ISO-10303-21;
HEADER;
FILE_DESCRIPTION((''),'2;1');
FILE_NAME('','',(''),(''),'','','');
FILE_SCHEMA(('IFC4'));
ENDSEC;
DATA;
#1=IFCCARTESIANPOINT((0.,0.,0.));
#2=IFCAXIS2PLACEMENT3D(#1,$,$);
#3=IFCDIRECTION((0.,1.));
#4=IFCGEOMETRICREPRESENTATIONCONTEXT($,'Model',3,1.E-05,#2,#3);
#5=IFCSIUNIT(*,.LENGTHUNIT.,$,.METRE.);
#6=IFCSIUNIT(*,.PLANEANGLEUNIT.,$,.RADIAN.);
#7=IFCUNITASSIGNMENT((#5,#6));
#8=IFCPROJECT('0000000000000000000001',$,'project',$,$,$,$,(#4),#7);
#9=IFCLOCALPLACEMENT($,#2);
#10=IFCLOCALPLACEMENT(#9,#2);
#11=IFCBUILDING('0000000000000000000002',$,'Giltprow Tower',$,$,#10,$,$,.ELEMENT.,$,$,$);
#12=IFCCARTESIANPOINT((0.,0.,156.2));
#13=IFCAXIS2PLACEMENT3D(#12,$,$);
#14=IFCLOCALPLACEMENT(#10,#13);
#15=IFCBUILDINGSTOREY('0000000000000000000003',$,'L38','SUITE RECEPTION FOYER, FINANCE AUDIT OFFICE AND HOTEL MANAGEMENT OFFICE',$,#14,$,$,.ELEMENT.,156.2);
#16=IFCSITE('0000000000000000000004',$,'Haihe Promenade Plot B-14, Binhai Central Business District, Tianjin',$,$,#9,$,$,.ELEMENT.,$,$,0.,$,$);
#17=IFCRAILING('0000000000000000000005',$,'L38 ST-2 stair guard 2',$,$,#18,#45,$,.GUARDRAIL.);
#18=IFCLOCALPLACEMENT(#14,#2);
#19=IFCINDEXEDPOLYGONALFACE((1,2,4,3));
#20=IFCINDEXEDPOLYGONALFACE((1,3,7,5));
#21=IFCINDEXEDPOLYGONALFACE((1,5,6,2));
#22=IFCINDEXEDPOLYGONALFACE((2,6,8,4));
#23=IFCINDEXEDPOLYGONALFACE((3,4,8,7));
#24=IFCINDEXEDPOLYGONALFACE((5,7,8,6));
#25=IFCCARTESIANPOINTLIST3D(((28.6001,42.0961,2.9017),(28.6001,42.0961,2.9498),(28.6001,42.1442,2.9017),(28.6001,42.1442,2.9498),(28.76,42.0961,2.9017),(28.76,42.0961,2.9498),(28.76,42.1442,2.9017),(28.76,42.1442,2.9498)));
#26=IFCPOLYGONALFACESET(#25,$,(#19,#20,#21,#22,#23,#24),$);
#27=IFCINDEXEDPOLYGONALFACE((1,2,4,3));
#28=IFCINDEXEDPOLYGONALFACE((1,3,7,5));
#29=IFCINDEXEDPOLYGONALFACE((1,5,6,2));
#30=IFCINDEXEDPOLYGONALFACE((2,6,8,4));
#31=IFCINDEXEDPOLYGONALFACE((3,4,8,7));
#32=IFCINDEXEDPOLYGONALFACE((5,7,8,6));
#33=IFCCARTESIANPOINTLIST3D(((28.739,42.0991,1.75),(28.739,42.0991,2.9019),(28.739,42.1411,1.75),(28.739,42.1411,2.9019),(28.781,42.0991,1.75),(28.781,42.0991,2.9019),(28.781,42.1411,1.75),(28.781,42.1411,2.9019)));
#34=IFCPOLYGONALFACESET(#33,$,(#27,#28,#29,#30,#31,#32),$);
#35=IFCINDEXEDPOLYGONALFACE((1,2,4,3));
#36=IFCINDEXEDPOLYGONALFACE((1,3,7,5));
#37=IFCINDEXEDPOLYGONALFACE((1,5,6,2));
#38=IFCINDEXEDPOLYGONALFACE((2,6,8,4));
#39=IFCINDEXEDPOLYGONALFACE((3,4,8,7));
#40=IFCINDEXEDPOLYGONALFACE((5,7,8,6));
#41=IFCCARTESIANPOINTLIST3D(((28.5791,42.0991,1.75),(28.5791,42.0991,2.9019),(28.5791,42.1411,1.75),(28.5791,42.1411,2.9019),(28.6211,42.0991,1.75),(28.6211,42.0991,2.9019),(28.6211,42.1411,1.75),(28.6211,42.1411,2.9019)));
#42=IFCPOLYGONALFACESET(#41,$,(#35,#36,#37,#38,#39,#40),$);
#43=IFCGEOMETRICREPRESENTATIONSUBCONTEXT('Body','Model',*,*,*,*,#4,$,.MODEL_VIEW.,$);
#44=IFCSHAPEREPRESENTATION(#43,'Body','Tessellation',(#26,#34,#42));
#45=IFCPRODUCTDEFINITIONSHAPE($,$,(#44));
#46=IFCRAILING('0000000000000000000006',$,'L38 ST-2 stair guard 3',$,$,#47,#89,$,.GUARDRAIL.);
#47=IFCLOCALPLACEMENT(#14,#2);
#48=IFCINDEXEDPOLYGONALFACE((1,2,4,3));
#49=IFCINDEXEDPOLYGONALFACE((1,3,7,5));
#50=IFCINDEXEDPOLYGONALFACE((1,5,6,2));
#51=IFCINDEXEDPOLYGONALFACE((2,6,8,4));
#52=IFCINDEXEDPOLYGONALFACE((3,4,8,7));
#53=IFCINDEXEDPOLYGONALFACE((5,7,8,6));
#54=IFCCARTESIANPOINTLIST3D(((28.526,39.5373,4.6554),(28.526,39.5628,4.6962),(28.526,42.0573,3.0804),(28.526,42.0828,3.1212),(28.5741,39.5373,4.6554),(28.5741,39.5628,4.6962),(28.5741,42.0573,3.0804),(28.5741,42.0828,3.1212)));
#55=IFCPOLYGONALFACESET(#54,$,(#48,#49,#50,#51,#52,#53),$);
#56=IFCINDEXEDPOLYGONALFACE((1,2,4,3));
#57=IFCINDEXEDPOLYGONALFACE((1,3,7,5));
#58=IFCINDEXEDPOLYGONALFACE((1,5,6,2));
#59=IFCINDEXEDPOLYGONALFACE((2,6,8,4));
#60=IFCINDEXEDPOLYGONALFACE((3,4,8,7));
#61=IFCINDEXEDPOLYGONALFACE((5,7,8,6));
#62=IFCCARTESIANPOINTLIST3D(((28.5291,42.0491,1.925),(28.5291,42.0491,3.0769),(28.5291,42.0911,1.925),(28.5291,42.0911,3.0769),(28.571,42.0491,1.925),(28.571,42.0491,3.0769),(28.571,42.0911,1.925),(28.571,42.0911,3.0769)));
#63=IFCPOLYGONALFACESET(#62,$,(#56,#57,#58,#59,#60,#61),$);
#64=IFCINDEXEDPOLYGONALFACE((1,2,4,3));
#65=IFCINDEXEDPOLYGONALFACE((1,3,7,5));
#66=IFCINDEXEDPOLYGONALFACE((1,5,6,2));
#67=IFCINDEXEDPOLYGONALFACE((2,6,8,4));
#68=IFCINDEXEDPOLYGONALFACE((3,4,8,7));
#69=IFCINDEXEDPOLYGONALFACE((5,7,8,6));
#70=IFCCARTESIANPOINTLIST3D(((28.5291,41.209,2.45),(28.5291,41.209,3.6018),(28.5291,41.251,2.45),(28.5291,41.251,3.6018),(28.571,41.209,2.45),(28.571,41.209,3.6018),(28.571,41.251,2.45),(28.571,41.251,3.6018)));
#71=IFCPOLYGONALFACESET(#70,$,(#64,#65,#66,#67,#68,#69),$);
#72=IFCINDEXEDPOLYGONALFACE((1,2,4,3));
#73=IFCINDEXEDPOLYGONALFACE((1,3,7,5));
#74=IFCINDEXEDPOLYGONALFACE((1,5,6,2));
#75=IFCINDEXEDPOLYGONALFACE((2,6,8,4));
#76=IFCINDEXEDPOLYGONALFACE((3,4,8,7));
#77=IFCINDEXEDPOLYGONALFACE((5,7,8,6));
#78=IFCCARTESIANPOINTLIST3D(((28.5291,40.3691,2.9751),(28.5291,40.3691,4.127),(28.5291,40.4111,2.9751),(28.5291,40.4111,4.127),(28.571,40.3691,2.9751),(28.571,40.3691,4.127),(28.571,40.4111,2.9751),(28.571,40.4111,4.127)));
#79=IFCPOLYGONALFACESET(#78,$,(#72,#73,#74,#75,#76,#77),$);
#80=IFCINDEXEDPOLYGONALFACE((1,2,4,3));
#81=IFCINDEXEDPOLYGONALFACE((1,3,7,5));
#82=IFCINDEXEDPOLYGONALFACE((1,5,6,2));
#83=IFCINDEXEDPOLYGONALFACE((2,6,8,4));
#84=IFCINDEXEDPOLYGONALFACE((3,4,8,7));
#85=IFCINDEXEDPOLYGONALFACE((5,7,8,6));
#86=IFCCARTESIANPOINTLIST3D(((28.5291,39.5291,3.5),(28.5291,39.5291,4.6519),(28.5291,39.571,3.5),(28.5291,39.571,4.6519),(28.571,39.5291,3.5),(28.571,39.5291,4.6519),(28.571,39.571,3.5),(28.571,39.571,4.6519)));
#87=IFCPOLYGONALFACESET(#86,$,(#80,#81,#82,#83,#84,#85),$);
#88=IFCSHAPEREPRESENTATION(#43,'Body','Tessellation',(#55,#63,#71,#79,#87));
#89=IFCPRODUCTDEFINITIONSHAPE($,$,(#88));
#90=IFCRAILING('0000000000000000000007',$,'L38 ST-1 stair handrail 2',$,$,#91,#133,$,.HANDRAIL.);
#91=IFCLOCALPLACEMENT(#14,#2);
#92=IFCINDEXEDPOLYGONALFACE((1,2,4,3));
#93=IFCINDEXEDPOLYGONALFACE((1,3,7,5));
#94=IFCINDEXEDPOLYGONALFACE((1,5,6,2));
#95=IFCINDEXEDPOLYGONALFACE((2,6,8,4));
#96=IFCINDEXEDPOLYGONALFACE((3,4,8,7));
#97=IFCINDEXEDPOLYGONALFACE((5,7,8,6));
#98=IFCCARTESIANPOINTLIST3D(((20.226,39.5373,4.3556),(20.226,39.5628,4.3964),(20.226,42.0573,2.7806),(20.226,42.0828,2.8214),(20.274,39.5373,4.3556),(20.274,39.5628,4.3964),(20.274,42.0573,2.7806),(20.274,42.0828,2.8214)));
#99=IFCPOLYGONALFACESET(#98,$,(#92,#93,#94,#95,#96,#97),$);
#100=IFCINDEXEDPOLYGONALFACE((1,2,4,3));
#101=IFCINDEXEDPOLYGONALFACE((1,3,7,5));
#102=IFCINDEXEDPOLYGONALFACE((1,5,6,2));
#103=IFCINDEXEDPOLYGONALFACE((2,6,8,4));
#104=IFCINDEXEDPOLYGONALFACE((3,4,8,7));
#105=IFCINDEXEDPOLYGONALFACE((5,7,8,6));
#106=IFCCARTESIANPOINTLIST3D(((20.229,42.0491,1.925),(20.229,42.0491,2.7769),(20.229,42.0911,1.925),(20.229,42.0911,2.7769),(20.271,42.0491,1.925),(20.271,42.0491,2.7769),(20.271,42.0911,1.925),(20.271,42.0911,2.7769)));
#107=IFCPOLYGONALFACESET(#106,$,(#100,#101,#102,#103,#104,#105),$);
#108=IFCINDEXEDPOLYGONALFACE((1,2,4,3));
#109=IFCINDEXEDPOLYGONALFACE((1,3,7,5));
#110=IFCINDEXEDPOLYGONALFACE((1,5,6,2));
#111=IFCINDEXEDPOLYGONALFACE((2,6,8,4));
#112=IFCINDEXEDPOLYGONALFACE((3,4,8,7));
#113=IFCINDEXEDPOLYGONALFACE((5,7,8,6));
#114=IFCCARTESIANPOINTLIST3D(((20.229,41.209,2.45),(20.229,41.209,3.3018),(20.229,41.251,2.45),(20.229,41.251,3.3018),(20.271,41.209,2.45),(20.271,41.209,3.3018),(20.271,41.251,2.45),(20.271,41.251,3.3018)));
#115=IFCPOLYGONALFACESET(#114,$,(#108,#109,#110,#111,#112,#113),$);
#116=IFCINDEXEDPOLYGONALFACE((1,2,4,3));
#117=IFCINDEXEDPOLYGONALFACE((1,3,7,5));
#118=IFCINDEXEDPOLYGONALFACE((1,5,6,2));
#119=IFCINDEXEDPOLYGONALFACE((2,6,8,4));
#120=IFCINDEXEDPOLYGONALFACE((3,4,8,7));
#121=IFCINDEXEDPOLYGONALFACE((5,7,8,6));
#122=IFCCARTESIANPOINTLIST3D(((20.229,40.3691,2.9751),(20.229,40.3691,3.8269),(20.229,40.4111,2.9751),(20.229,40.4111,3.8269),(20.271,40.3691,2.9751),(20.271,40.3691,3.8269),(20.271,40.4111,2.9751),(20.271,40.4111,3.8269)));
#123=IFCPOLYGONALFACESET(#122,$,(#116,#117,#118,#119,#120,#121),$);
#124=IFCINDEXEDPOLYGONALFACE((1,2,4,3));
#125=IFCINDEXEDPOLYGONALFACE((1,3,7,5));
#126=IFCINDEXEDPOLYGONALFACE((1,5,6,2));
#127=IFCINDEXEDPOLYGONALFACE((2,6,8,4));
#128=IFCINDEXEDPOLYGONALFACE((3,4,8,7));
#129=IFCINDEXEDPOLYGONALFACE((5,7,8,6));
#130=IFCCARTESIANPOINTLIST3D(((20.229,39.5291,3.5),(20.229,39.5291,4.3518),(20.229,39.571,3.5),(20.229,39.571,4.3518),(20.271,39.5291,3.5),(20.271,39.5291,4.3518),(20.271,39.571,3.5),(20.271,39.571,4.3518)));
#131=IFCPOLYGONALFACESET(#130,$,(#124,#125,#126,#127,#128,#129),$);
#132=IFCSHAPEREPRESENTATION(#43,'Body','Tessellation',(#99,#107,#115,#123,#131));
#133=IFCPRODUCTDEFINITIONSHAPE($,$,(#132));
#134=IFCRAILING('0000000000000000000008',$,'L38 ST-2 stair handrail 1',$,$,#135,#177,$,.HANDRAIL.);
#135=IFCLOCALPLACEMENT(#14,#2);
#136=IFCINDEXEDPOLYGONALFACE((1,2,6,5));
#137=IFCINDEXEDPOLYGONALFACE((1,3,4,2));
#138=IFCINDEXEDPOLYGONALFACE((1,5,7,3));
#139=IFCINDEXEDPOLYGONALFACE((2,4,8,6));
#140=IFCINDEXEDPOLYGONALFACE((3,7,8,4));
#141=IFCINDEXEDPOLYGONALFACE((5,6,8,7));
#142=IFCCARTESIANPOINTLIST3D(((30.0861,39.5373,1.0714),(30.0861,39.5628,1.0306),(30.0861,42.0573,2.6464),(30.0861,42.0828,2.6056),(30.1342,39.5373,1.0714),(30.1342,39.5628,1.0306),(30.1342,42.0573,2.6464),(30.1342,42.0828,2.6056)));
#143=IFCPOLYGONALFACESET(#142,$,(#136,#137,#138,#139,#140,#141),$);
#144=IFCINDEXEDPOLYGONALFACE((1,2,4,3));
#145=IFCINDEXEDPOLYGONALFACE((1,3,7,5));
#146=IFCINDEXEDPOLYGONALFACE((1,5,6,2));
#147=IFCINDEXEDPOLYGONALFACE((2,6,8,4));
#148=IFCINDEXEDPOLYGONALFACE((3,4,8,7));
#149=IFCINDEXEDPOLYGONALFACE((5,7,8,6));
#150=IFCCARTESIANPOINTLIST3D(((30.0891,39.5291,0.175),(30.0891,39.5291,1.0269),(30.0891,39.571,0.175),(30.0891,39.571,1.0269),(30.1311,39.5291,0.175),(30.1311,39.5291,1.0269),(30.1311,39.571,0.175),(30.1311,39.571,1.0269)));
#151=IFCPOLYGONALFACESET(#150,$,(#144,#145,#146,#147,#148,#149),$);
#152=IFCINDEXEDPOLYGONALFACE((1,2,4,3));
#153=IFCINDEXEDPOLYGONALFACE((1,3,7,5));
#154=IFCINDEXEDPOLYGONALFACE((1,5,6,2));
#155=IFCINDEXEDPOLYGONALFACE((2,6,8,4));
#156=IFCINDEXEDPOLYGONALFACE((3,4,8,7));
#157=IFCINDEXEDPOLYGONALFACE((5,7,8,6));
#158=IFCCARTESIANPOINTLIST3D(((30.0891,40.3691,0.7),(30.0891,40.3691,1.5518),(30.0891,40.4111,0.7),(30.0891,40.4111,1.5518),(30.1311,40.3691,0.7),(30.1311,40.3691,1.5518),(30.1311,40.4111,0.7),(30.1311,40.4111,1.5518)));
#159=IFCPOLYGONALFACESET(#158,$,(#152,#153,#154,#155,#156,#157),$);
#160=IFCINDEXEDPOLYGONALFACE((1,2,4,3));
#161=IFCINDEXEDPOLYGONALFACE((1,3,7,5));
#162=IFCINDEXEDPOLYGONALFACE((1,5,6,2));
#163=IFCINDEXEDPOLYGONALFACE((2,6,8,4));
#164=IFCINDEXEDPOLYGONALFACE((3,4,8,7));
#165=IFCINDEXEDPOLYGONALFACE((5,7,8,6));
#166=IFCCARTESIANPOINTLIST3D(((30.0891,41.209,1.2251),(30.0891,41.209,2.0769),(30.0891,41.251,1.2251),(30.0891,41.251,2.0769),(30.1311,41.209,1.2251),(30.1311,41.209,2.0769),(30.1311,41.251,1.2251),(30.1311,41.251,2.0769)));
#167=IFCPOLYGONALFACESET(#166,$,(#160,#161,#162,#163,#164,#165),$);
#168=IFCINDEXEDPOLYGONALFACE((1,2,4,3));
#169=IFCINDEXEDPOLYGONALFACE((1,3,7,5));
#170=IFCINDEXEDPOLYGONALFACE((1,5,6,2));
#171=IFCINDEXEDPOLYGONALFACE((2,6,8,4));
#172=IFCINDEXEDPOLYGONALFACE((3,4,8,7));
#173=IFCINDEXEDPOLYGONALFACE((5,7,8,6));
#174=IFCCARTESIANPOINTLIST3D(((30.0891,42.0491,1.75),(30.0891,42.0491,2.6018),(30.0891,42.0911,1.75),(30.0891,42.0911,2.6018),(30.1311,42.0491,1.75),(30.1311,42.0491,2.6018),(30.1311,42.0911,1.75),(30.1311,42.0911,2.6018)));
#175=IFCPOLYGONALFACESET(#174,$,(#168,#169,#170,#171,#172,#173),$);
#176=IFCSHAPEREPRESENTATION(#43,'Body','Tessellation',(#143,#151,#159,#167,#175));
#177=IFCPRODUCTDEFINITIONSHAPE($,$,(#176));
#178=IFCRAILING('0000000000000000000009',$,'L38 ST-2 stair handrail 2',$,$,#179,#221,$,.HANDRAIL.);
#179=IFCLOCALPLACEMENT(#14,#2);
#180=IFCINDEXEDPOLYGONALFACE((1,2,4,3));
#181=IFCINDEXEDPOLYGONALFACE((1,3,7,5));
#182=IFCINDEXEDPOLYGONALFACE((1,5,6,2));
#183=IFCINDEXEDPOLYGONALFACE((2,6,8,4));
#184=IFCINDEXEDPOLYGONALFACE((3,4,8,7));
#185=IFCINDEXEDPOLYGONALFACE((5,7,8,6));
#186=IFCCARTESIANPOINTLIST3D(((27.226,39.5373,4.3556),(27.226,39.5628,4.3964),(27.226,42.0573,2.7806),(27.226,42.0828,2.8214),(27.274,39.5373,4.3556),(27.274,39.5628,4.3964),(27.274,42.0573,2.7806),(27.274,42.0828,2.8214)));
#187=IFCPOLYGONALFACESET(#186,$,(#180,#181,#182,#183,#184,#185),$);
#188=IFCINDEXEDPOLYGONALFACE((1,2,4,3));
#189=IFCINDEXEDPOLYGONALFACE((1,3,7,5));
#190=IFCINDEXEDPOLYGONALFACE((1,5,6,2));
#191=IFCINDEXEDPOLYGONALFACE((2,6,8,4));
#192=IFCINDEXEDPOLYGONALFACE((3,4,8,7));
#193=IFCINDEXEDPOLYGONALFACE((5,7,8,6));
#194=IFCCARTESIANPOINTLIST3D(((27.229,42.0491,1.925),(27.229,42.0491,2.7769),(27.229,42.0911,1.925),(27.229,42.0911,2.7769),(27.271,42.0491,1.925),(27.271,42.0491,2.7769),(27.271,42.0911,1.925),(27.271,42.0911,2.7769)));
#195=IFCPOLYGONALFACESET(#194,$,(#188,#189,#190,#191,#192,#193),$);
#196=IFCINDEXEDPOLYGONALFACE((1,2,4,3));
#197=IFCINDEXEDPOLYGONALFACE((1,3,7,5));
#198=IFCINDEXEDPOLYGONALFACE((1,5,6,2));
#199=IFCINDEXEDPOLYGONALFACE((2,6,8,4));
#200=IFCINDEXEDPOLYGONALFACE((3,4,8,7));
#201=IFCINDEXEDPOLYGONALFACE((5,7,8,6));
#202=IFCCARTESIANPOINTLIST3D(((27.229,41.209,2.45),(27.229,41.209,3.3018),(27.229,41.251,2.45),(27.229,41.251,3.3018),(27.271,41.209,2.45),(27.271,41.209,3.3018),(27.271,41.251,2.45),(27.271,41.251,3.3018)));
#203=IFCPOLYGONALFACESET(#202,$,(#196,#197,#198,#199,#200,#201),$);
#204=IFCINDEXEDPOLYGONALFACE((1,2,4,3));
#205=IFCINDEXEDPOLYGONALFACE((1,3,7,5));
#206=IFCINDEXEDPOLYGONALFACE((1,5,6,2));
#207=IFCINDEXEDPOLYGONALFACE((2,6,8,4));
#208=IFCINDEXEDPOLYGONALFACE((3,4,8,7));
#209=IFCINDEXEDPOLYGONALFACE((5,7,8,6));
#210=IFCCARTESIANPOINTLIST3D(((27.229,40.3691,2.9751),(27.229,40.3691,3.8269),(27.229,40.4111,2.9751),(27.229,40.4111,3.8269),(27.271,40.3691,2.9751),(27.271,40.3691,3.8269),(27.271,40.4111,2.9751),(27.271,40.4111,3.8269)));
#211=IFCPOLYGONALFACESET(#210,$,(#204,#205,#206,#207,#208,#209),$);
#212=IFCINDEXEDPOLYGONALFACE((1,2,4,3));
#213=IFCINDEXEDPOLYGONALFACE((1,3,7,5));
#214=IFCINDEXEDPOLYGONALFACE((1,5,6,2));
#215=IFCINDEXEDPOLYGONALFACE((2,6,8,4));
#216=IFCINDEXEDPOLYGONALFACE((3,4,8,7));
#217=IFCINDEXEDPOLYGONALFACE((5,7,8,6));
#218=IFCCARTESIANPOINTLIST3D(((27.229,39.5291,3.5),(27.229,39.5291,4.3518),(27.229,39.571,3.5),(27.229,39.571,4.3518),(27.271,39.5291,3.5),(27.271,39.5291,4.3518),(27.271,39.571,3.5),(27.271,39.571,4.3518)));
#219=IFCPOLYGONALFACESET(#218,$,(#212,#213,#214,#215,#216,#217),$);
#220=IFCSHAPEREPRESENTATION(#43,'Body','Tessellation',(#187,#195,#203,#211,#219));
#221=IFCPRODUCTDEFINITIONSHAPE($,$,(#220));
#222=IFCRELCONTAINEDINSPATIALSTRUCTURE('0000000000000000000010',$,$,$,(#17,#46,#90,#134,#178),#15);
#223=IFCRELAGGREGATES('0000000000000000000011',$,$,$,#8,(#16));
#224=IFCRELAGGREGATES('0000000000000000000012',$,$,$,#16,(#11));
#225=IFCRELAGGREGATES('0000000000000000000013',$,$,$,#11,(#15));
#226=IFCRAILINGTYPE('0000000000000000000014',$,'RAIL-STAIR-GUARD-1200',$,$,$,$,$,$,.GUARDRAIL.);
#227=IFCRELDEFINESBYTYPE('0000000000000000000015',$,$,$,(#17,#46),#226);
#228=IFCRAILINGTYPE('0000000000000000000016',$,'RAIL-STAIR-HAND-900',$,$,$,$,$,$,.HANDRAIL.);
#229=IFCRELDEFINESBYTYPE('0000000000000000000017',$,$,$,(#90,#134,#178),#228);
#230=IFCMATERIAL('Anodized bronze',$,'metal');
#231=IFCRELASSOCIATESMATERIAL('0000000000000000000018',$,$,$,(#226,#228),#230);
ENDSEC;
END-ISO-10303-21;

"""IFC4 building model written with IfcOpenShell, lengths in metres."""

from ifc_helpers import new_model, si_unit, direction, frame, origin, origin_2d, place, context, subcontext, project, spatial, rectangle, extrude, material, type_object, element, save


model = new_model("IFC4")

# Units and contexts
model_context = context("Model", 3, precision=1e-05, world=origin(), true_north=direction((0.0, 1.0)))
body_context = subcontext(model_context, "Body", "Model", "MODEL_VIEW")
ifc_project = project(units=[si_unit("LENGTHUNIT", "METRE"), si_unit("PLANEANGLEUNIT", "RADIAN")], contexts=[model_context])

# Site, building, storey
site_placement = place(None, origin())
site = spatial("IfcSite", under=ifc_project, at=site_placement, Name="Haihe Promenade Plot B-14, Binhai Central Business District, Tianjin", CompositionType="ELEMENT", RefElevation=0.0)
building_placement = place(site_placement, origin())
building = spatial("IfcBuilding", under=site, at=building_placement, Name="Giltprow Tower", CompositionType="ELEMENT")
storey_placement = place(building_placement, frame((0.0, 0.0, 156.2)))
storey = spatial("IfcBuildingStorey", under=building, at=storey_placement, Name="L38", Description="SUITE RECEPTION FOYER, FINANCE AUDIT OFFICE AND HOTEL MANAGEMENT OFFICE", CompositionType="ELEMENT", Elevation=156.2)

# Railings
ifc_material_1 = material(Name="Anodized bronze", Category="metal")
railing_type_1 = type_object("IfcRailingType", Name="RAIL-STAIR-GUARD-1200", PredefinedType="GUARDRAIL", material=ifc_material_1)
railing_1_placement = place(storey_placement, frame((28.76, 42.1201, 1.75)))
element("IfcRailing", 1, at=railing_1_placement, inside=storey, type_object=railing_type_1, Name="L38 ST-2 stair guard 2", PredefinedType="GUARDRAIL", context=body_context, shape_type="SweptSolid", body=[
    extrude(rectangle(XDim=0.0481, YDim=0.0481, at=origin_2d()), frame((0.0, 0.0, 1.1758), z_axis=(-1.0, 0.0, 0.0), x_axis=(0.0, -1.0, 0.0)), (0.0, 0.0, 1.0), 0.1599),
    extrude(rectangle(XDim=0.042, YDim=0.042, at=origin_2d()), origin(), (0.0, 0.0, 1.0), 1.1519),
    extrude(rectangle(XDim=0.042, YDim=0.042, at=origin_2d()), frame((-0.1599, 0.0, 0.0)), (0.0, 0.0, 1.0), 1.1519),
])
railing_2_placement = place(storey_placement, frame((28.55, 42.0701, 1.925)))
element("IfcRailing", 2, at=railing_2_placement, inside=storey, type_object=railing_type_1, Name="L38 ST-2 stair guard 3", PredefinedType="GUARDRAIL", context=body_context, shape_type="SweptSolid", body=[
    extrude(rectangle(XDim=0.0481, YDim=0.0481, at=origin_2d()), frame((0.0, 0.0, 1.1758), z_axis=(0.0, -0.848008, 0.529984), x_axis=(1.0, 0.0, 0.0)), (0.0, 0.0, 1.0), 2.9717),
    extrude(rectangle(XDim=0.042, YDim=0.042, at=origin_2d()), origin(), (0.0, 0.0, 1.0), 1.1519),
    extrude(rectangle(XDim=0.042, YDim=0.042, at=origin_2d()), frame((0.0, -0.8401, 0.5249)), (0.0, 0.0, 1.0), 1.1519),
    extrude(rectangle(XDim=0.042, YDim=0.042, at=origin_2d()), frame((0.0, -1.6799, 1.05)), (0.0, 0.0, 1.0), 1.1519),
    extrude(rectangle(XDim=0.042, YDim=0.042, at=origin_2d()), frame((0.0, -2.52, 1.575)), (0.0, 0.0, 1.0), 1.1519),
])
railing_type_2 = type_object("IfcRailingType", Name="RAIL-STAIR-HAND-900", PredefinedType="HANDRAIL", material=ifc_material_1)
railing_3_placement = place(storey_placement, frame((20.25, 42.0701, 1.925)))
element("IfcRailing", 3, at=railing_3_placement, inside=storey, type_object=railing_type_2, Name="L38 ST-1 stair handrail 2", PredefinedType="HANDRAIL", context=body_context, shape_type="SweptSolid", body=[
    extrude(rectangle(XDim=0.0481, YDim=0.0481, at=origin_2d()), frame((0.0, 0.0, 0.876), z_axis=(0.0, -0.848008, 0.529984), x_axis=(1.0, 0.0, 0.0)), (0.0, 0.0, 1.0), 2.9717),
    extrude(rectangle(XDim=0.042, YDim=0.042, at=origin_2d()), origin(), (0.0, 0.0, 1.0), 0.8518),
    extrude(rectangle(XDim=0.042, YDim=0.042, at=origin_2d()), frame((0.0, -0.8401, 0.5249)), (0.0, 0.0, 1.0), 0.8518),
    extrude(rectangle(XDim=0.042, YDim=0.042, at=origin_2d()), frame((0.0, -1.6799, 1.05)), (0.0, 0.0, 1.0), 0.8518),
    extrude(rectangle(XDim=0.042, YDim=0.042, at=origin_2d()), frame((0.0, -2.52, 1.575)), (0.0, 0.0, 1.0), 0.8518),
])
railing_4_placement = place(storey_placement, frame((30.1101, 39.55, 0.175)))
element("IfcRailing", 4, at=railing_4_placement, inside=storey, type_object=railing_type_2, Name="L38 ST-2 stair handrail 1", PredefinedType="HANDRAIL", context=body_context, shape_type="SweptSolid", body=[
    extrude(rectangle(XDim=0.0481, YDim=0.0481, at=origin_2d()), frame((0.0, 0.0, 0.876), z_axis=(0.0, 0.848008, 0.529984), x_axis=(-1.0, 0.0, 0.0)), (0.0, 0.0, 1.0), 2.9717),
    extrude(rectangle(XDim=0.042, YDim=0.042, at=origin_2d()), origin(), (0.0, 0.0, 1.0), 0.8518),
    extrude(rectangle(XDim=0.042, YDim=0.042, at=origin_2d()), frame((0.0, 0.8401, 0.5249)), (0.0, 0.0, 1.0), 0.8518),
    extrude(rectangle(XDim=0.042, YDim=0.042, at=origin_2d()), frame((0.0, 1.6799, 1.05)), (0.0, 0.0, 1.0), 0.8518),
    extrude(rectangle(XDim=0.042, YDim=0.042, at=origin_2d()), frame((0.0, 2.52, 1.575)), (0.0, 0.0, 1.0), 0.8518),
])
railing_5_placement = place(storey_placement, frame((27.25, 42.0701, 1.925)))
element("IfcRailing", 5, at=railing_5_placement, inside=storey, type_object=railing_type_2, Name="L38 ST-2 stair handrail 2", PredefinedType="HANDRAIL", context=body_context, shape_type="SweptSolid", body=[
    extrude(rectangle(XDim=0.0481, YDim=0.0481, at=origin_2d()), frame((0.0, 0.0, 0.876), z_axis=(0.0, -0.848008, 0.529984), x_axis=(1.0, 0.0, 0.0)), (0.0, 0.0, 1.0), 2.9717),
    extrude(rectangle(XDim=0.042, YDim=0.042, at=origin_2d()), origin(), (0.0, 0.0, 1.0), 0.8518),
    extrude(rectangle(XDim=0.042, YDim=0.042, at=origin_2d()), frame((0.0, -0.8401, 0.5249)), (0.0, 0.0, 1.0), 0.8518),
    extrude(rectangle(XDim=0.042, YDim=0.042, at=origin_2d()), frame((0.0, -1.6799, 1.05)), (0.0, 0.0, 1.0), 0.8518),
    extrude(rectangle(XDim=0.042, YDim=0.042, at=origin_2d()), frame((0.0, -2.52, 1.575)), (0.0, 0.0, 1.0), 0.8518),
])

save(model, "model.ifc")
